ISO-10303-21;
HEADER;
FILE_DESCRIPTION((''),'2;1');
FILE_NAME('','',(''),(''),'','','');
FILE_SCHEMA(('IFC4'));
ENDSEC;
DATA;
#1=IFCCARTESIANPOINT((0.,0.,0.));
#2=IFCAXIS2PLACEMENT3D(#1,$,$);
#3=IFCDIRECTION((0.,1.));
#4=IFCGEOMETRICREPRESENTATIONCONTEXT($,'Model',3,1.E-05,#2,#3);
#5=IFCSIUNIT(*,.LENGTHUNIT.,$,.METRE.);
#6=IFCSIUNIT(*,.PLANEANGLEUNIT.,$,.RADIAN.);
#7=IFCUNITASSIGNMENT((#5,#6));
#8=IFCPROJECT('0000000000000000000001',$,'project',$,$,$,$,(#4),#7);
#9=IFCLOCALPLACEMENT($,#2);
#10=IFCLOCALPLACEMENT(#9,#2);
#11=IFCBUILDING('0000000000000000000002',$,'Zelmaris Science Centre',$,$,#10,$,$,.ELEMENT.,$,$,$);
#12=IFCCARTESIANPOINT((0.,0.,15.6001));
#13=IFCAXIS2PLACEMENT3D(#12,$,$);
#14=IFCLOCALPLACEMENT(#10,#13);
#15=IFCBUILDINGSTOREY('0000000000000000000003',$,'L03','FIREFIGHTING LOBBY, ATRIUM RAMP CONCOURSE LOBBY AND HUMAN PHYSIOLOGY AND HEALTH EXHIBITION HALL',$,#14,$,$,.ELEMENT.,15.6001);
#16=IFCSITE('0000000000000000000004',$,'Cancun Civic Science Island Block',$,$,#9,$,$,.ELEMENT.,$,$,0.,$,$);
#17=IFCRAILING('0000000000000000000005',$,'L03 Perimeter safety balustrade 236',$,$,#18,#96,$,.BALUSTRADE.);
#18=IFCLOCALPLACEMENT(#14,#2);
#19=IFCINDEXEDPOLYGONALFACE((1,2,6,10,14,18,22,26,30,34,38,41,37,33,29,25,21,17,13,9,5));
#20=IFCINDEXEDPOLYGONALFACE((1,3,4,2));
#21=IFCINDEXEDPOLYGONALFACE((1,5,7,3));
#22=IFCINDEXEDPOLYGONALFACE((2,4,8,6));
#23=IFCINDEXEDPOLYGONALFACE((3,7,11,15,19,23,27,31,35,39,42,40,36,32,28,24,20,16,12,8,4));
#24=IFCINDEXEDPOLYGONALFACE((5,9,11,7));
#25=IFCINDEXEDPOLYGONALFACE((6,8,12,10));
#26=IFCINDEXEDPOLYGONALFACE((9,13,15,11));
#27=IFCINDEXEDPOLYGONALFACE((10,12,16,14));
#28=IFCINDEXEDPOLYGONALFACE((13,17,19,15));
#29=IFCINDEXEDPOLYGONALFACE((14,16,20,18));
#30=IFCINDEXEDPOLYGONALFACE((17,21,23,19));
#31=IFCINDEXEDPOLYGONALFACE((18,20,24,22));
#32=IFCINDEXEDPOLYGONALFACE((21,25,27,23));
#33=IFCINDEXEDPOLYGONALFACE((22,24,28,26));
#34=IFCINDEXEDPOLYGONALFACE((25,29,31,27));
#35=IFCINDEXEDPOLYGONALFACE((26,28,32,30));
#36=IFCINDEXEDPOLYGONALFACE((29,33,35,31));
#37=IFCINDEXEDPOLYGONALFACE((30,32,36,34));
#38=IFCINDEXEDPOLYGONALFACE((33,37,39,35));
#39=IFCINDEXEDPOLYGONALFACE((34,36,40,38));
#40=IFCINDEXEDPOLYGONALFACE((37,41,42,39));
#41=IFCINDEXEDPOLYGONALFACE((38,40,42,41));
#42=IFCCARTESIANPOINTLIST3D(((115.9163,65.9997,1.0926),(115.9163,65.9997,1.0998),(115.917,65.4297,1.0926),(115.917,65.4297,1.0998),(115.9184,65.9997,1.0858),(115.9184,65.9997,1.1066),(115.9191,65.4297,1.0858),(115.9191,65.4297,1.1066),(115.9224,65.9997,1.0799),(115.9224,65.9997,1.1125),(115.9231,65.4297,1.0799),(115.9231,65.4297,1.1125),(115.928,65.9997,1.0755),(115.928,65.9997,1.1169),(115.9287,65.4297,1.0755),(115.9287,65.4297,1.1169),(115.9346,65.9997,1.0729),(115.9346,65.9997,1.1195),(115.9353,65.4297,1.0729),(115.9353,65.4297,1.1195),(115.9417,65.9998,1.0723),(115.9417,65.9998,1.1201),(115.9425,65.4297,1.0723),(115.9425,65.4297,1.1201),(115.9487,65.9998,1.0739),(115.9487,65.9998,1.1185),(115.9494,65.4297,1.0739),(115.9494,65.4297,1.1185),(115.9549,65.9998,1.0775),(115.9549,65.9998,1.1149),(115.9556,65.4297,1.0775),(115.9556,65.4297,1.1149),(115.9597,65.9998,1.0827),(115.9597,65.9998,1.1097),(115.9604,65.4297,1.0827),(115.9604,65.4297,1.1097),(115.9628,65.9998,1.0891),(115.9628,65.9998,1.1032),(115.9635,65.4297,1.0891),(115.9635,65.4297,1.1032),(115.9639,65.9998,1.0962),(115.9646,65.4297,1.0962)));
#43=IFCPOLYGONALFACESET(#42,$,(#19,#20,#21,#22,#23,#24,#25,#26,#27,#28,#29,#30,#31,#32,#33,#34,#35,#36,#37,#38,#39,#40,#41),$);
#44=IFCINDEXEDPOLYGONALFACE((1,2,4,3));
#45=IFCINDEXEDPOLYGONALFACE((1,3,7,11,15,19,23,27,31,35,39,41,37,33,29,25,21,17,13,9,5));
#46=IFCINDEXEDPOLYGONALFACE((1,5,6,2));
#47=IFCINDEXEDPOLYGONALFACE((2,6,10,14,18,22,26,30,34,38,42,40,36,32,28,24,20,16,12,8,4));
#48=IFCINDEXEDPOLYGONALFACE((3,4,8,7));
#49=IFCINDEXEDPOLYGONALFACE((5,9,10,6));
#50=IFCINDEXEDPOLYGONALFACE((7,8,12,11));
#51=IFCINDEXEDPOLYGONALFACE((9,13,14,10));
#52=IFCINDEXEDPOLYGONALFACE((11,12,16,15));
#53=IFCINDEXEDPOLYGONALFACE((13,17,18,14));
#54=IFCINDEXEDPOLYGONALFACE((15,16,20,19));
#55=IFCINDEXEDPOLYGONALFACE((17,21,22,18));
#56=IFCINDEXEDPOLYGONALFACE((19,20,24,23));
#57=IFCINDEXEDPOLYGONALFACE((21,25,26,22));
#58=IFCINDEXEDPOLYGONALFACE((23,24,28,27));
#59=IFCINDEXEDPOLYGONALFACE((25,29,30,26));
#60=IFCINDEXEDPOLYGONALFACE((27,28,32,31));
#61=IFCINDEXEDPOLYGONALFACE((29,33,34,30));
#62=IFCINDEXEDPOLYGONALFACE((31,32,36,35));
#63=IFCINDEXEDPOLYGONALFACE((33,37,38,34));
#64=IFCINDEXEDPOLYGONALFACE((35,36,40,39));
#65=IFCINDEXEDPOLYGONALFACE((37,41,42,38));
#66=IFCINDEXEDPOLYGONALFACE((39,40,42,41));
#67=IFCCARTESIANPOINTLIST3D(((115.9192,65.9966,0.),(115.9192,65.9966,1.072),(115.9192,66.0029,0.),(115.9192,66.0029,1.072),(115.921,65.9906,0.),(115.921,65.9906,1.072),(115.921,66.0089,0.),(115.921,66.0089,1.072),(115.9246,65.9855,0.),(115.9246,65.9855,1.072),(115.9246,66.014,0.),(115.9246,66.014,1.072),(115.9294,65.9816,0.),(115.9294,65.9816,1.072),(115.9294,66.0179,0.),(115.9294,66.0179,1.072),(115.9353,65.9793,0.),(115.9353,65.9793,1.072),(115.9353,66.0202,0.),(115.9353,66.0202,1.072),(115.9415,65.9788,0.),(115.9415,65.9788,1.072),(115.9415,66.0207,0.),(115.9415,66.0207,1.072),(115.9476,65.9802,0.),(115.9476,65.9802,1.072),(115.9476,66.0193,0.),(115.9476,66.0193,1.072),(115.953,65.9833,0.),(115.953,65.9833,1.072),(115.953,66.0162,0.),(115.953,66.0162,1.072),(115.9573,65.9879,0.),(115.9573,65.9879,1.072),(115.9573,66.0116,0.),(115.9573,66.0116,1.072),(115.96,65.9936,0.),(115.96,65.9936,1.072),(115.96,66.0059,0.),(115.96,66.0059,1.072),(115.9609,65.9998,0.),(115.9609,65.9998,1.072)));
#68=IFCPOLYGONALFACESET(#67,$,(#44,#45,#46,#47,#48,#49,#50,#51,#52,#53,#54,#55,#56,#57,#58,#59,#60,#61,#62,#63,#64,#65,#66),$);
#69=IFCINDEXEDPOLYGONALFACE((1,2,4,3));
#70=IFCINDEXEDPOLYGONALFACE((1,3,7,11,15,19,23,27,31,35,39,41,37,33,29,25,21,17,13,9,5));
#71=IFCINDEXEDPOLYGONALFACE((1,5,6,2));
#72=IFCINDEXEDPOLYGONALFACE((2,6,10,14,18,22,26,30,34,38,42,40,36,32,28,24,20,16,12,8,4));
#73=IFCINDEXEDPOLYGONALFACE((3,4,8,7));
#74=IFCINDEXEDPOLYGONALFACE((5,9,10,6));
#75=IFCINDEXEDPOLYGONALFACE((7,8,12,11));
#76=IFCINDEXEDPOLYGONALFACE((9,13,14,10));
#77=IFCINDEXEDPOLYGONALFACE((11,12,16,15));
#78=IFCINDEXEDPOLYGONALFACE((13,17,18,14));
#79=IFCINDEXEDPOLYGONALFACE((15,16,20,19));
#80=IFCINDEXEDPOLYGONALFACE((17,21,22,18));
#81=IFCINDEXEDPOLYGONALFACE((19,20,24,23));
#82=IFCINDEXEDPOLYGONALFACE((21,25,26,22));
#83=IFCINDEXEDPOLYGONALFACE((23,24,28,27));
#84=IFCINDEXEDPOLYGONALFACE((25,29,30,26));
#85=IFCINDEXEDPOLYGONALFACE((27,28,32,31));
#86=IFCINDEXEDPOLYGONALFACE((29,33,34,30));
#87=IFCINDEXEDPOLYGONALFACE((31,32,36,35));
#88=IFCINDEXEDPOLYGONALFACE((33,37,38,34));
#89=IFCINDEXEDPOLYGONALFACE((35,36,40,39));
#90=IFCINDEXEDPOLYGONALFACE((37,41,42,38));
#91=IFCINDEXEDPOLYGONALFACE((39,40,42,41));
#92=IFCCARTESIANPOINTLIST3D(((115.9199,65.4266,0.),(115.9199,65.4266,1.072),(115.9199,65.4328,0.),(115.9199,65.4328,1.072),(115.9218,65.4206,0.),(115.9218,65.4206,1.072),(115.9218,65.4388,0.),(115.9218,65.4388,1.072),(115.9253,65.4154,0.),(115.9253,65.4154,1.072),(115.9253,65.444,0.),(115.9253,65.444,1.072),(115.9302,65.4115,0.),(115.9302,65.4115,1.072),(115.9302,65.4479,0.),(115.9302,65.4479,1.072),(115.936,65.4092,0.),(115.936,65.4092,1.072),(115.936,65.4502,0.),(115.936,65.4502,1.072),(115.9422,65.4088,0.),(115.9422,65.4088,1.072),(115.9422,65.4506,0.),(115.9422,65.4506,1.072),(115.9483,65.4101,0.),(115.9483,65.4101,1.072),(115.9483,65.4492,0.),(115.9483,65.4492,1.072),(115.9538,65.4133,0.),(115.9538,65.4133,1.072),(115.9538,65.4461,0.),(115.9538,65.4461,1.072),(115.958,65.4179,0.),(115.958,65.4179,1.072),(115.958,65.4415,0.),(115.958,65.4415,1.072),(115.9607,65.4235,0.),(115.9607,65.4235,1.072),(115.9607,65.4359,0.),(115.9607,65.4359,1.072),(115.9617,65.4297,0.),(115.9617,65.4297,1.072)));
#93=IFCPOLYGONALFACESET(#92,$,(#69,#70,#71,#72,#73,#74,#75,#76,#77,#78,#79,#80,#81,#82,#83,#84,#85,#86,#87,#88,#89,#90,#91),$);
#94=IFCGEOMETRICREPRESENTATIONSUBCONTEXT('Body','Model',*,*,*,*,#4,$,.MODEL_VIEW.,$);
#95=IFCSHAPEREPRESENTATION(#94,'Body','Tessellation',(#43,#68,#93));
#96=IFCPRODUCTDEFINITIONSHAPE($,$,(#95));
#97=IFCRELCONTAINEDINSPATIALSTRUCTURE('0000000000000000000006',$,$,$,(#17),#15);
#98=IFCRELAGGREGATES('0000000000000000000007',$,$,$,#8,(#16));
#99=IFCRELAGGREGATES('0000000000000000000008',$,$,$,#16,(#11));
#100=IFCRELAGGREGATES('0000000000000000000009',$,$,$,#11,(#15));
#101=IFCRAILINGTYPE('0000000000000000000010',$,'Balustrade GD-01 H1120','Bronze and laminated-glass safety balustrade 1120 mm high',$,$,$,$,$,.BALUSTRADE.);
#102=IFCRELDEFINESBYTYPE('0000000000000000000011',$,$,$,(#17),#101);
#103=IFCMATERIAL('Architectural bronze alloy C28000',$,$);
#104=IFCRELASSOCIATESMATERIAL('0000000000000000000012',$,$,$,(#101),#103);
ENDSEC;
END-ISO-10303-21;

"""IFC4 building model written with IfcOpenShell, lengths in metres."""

from ifc_helpers import new_model, si_unit, direction, frame, origin, origin_2d, place, context, subcontext, project, spatial, circle, extrude, material, type_object, element, save


model = new_model("IFC4")

# Units and contexts
model_context = context("Model", 3, precision=1e-05, world=origin(), true_north=direction((0.0, 1.0)))
body_context = subcontext(model_context, "Body", "Model", "MODEL_VIEW")
ifc_project = project(units=[si_unit("LENGTHUNIT", "METRE"), si_unit("PLANEANGLEUNIT", "RADIAN")], contexts=[model_context])

# Site, building, storey
site_placement = place(None, origin())
site = spatial("IfcSite", under=ifc_project, at=site_placement, Name="Cancun Civic Science Island Block", CompositionType="ELEMENT", RefElevation=0.0)
building_placement = place(site_placement, origin())
building = spatial("IfcBuilding", under=site, at=building_placement, Name="Zelmaris Science Centre", CompositionType="ELEMENT")
storey_placement = place(building_placement, frame((0.0, 0.0, 15.6001)))
storey = spatial("IfcBuildingStorey", under=building, at=storey_placement, Name="L03", Description="FIREFIGHTING LOBBY, ATRIUM RAMP CONCOURSE LOBBY AND HUMAN PHYSIOLOGY AND HEALTH EXHIBITION HALL", CompositionType="ELEMENT", Elevation=15.6001)

# Railing
ifc_material_1 = material(Name="Architectural bronze alloy C28000")
railing_type = type_object("IfcRailingType", Name="Balustrade GD-01 H1120", Description="Bronze and laminated-glass safety balustrade 1120 mm high", PredefinedType="BALUSTRADE", material=ifc_material_1)
railing_placement = place(storey_placement, frame((115.9399, 65.9998, 0.0)))
element("IfcRailing", 1, at=railing_placement, inside=storey, type_object=railing_type, Name="L03 Perimeter safety balustrade 236", PredefinedType="BALUSTRADE", context=body_context, shape_type="SweptSolid", body=[
    extrude(circle(Radius=0.0239, at=origin_2d()), frame((0.0, 0.0, 1.0962), z_axis=(0.001285, -0.999999, 0.0), x_axis=(0.999999, 0.001285, 0.0)), (0.0, 0.0, 1.0), 0.5701),
    extrude(circle(Radius=0.021, at=origin_2d()), origin(), (0.0, 0.0, 1.0), 1.072),
    extrude(circle(Radius=0.021, at=origin_2d()), frame((0.0007, -0.5701, 0.0)), (0.0, 0.0, 1.0), 1.072),
])

save(model, "model.ifc")
